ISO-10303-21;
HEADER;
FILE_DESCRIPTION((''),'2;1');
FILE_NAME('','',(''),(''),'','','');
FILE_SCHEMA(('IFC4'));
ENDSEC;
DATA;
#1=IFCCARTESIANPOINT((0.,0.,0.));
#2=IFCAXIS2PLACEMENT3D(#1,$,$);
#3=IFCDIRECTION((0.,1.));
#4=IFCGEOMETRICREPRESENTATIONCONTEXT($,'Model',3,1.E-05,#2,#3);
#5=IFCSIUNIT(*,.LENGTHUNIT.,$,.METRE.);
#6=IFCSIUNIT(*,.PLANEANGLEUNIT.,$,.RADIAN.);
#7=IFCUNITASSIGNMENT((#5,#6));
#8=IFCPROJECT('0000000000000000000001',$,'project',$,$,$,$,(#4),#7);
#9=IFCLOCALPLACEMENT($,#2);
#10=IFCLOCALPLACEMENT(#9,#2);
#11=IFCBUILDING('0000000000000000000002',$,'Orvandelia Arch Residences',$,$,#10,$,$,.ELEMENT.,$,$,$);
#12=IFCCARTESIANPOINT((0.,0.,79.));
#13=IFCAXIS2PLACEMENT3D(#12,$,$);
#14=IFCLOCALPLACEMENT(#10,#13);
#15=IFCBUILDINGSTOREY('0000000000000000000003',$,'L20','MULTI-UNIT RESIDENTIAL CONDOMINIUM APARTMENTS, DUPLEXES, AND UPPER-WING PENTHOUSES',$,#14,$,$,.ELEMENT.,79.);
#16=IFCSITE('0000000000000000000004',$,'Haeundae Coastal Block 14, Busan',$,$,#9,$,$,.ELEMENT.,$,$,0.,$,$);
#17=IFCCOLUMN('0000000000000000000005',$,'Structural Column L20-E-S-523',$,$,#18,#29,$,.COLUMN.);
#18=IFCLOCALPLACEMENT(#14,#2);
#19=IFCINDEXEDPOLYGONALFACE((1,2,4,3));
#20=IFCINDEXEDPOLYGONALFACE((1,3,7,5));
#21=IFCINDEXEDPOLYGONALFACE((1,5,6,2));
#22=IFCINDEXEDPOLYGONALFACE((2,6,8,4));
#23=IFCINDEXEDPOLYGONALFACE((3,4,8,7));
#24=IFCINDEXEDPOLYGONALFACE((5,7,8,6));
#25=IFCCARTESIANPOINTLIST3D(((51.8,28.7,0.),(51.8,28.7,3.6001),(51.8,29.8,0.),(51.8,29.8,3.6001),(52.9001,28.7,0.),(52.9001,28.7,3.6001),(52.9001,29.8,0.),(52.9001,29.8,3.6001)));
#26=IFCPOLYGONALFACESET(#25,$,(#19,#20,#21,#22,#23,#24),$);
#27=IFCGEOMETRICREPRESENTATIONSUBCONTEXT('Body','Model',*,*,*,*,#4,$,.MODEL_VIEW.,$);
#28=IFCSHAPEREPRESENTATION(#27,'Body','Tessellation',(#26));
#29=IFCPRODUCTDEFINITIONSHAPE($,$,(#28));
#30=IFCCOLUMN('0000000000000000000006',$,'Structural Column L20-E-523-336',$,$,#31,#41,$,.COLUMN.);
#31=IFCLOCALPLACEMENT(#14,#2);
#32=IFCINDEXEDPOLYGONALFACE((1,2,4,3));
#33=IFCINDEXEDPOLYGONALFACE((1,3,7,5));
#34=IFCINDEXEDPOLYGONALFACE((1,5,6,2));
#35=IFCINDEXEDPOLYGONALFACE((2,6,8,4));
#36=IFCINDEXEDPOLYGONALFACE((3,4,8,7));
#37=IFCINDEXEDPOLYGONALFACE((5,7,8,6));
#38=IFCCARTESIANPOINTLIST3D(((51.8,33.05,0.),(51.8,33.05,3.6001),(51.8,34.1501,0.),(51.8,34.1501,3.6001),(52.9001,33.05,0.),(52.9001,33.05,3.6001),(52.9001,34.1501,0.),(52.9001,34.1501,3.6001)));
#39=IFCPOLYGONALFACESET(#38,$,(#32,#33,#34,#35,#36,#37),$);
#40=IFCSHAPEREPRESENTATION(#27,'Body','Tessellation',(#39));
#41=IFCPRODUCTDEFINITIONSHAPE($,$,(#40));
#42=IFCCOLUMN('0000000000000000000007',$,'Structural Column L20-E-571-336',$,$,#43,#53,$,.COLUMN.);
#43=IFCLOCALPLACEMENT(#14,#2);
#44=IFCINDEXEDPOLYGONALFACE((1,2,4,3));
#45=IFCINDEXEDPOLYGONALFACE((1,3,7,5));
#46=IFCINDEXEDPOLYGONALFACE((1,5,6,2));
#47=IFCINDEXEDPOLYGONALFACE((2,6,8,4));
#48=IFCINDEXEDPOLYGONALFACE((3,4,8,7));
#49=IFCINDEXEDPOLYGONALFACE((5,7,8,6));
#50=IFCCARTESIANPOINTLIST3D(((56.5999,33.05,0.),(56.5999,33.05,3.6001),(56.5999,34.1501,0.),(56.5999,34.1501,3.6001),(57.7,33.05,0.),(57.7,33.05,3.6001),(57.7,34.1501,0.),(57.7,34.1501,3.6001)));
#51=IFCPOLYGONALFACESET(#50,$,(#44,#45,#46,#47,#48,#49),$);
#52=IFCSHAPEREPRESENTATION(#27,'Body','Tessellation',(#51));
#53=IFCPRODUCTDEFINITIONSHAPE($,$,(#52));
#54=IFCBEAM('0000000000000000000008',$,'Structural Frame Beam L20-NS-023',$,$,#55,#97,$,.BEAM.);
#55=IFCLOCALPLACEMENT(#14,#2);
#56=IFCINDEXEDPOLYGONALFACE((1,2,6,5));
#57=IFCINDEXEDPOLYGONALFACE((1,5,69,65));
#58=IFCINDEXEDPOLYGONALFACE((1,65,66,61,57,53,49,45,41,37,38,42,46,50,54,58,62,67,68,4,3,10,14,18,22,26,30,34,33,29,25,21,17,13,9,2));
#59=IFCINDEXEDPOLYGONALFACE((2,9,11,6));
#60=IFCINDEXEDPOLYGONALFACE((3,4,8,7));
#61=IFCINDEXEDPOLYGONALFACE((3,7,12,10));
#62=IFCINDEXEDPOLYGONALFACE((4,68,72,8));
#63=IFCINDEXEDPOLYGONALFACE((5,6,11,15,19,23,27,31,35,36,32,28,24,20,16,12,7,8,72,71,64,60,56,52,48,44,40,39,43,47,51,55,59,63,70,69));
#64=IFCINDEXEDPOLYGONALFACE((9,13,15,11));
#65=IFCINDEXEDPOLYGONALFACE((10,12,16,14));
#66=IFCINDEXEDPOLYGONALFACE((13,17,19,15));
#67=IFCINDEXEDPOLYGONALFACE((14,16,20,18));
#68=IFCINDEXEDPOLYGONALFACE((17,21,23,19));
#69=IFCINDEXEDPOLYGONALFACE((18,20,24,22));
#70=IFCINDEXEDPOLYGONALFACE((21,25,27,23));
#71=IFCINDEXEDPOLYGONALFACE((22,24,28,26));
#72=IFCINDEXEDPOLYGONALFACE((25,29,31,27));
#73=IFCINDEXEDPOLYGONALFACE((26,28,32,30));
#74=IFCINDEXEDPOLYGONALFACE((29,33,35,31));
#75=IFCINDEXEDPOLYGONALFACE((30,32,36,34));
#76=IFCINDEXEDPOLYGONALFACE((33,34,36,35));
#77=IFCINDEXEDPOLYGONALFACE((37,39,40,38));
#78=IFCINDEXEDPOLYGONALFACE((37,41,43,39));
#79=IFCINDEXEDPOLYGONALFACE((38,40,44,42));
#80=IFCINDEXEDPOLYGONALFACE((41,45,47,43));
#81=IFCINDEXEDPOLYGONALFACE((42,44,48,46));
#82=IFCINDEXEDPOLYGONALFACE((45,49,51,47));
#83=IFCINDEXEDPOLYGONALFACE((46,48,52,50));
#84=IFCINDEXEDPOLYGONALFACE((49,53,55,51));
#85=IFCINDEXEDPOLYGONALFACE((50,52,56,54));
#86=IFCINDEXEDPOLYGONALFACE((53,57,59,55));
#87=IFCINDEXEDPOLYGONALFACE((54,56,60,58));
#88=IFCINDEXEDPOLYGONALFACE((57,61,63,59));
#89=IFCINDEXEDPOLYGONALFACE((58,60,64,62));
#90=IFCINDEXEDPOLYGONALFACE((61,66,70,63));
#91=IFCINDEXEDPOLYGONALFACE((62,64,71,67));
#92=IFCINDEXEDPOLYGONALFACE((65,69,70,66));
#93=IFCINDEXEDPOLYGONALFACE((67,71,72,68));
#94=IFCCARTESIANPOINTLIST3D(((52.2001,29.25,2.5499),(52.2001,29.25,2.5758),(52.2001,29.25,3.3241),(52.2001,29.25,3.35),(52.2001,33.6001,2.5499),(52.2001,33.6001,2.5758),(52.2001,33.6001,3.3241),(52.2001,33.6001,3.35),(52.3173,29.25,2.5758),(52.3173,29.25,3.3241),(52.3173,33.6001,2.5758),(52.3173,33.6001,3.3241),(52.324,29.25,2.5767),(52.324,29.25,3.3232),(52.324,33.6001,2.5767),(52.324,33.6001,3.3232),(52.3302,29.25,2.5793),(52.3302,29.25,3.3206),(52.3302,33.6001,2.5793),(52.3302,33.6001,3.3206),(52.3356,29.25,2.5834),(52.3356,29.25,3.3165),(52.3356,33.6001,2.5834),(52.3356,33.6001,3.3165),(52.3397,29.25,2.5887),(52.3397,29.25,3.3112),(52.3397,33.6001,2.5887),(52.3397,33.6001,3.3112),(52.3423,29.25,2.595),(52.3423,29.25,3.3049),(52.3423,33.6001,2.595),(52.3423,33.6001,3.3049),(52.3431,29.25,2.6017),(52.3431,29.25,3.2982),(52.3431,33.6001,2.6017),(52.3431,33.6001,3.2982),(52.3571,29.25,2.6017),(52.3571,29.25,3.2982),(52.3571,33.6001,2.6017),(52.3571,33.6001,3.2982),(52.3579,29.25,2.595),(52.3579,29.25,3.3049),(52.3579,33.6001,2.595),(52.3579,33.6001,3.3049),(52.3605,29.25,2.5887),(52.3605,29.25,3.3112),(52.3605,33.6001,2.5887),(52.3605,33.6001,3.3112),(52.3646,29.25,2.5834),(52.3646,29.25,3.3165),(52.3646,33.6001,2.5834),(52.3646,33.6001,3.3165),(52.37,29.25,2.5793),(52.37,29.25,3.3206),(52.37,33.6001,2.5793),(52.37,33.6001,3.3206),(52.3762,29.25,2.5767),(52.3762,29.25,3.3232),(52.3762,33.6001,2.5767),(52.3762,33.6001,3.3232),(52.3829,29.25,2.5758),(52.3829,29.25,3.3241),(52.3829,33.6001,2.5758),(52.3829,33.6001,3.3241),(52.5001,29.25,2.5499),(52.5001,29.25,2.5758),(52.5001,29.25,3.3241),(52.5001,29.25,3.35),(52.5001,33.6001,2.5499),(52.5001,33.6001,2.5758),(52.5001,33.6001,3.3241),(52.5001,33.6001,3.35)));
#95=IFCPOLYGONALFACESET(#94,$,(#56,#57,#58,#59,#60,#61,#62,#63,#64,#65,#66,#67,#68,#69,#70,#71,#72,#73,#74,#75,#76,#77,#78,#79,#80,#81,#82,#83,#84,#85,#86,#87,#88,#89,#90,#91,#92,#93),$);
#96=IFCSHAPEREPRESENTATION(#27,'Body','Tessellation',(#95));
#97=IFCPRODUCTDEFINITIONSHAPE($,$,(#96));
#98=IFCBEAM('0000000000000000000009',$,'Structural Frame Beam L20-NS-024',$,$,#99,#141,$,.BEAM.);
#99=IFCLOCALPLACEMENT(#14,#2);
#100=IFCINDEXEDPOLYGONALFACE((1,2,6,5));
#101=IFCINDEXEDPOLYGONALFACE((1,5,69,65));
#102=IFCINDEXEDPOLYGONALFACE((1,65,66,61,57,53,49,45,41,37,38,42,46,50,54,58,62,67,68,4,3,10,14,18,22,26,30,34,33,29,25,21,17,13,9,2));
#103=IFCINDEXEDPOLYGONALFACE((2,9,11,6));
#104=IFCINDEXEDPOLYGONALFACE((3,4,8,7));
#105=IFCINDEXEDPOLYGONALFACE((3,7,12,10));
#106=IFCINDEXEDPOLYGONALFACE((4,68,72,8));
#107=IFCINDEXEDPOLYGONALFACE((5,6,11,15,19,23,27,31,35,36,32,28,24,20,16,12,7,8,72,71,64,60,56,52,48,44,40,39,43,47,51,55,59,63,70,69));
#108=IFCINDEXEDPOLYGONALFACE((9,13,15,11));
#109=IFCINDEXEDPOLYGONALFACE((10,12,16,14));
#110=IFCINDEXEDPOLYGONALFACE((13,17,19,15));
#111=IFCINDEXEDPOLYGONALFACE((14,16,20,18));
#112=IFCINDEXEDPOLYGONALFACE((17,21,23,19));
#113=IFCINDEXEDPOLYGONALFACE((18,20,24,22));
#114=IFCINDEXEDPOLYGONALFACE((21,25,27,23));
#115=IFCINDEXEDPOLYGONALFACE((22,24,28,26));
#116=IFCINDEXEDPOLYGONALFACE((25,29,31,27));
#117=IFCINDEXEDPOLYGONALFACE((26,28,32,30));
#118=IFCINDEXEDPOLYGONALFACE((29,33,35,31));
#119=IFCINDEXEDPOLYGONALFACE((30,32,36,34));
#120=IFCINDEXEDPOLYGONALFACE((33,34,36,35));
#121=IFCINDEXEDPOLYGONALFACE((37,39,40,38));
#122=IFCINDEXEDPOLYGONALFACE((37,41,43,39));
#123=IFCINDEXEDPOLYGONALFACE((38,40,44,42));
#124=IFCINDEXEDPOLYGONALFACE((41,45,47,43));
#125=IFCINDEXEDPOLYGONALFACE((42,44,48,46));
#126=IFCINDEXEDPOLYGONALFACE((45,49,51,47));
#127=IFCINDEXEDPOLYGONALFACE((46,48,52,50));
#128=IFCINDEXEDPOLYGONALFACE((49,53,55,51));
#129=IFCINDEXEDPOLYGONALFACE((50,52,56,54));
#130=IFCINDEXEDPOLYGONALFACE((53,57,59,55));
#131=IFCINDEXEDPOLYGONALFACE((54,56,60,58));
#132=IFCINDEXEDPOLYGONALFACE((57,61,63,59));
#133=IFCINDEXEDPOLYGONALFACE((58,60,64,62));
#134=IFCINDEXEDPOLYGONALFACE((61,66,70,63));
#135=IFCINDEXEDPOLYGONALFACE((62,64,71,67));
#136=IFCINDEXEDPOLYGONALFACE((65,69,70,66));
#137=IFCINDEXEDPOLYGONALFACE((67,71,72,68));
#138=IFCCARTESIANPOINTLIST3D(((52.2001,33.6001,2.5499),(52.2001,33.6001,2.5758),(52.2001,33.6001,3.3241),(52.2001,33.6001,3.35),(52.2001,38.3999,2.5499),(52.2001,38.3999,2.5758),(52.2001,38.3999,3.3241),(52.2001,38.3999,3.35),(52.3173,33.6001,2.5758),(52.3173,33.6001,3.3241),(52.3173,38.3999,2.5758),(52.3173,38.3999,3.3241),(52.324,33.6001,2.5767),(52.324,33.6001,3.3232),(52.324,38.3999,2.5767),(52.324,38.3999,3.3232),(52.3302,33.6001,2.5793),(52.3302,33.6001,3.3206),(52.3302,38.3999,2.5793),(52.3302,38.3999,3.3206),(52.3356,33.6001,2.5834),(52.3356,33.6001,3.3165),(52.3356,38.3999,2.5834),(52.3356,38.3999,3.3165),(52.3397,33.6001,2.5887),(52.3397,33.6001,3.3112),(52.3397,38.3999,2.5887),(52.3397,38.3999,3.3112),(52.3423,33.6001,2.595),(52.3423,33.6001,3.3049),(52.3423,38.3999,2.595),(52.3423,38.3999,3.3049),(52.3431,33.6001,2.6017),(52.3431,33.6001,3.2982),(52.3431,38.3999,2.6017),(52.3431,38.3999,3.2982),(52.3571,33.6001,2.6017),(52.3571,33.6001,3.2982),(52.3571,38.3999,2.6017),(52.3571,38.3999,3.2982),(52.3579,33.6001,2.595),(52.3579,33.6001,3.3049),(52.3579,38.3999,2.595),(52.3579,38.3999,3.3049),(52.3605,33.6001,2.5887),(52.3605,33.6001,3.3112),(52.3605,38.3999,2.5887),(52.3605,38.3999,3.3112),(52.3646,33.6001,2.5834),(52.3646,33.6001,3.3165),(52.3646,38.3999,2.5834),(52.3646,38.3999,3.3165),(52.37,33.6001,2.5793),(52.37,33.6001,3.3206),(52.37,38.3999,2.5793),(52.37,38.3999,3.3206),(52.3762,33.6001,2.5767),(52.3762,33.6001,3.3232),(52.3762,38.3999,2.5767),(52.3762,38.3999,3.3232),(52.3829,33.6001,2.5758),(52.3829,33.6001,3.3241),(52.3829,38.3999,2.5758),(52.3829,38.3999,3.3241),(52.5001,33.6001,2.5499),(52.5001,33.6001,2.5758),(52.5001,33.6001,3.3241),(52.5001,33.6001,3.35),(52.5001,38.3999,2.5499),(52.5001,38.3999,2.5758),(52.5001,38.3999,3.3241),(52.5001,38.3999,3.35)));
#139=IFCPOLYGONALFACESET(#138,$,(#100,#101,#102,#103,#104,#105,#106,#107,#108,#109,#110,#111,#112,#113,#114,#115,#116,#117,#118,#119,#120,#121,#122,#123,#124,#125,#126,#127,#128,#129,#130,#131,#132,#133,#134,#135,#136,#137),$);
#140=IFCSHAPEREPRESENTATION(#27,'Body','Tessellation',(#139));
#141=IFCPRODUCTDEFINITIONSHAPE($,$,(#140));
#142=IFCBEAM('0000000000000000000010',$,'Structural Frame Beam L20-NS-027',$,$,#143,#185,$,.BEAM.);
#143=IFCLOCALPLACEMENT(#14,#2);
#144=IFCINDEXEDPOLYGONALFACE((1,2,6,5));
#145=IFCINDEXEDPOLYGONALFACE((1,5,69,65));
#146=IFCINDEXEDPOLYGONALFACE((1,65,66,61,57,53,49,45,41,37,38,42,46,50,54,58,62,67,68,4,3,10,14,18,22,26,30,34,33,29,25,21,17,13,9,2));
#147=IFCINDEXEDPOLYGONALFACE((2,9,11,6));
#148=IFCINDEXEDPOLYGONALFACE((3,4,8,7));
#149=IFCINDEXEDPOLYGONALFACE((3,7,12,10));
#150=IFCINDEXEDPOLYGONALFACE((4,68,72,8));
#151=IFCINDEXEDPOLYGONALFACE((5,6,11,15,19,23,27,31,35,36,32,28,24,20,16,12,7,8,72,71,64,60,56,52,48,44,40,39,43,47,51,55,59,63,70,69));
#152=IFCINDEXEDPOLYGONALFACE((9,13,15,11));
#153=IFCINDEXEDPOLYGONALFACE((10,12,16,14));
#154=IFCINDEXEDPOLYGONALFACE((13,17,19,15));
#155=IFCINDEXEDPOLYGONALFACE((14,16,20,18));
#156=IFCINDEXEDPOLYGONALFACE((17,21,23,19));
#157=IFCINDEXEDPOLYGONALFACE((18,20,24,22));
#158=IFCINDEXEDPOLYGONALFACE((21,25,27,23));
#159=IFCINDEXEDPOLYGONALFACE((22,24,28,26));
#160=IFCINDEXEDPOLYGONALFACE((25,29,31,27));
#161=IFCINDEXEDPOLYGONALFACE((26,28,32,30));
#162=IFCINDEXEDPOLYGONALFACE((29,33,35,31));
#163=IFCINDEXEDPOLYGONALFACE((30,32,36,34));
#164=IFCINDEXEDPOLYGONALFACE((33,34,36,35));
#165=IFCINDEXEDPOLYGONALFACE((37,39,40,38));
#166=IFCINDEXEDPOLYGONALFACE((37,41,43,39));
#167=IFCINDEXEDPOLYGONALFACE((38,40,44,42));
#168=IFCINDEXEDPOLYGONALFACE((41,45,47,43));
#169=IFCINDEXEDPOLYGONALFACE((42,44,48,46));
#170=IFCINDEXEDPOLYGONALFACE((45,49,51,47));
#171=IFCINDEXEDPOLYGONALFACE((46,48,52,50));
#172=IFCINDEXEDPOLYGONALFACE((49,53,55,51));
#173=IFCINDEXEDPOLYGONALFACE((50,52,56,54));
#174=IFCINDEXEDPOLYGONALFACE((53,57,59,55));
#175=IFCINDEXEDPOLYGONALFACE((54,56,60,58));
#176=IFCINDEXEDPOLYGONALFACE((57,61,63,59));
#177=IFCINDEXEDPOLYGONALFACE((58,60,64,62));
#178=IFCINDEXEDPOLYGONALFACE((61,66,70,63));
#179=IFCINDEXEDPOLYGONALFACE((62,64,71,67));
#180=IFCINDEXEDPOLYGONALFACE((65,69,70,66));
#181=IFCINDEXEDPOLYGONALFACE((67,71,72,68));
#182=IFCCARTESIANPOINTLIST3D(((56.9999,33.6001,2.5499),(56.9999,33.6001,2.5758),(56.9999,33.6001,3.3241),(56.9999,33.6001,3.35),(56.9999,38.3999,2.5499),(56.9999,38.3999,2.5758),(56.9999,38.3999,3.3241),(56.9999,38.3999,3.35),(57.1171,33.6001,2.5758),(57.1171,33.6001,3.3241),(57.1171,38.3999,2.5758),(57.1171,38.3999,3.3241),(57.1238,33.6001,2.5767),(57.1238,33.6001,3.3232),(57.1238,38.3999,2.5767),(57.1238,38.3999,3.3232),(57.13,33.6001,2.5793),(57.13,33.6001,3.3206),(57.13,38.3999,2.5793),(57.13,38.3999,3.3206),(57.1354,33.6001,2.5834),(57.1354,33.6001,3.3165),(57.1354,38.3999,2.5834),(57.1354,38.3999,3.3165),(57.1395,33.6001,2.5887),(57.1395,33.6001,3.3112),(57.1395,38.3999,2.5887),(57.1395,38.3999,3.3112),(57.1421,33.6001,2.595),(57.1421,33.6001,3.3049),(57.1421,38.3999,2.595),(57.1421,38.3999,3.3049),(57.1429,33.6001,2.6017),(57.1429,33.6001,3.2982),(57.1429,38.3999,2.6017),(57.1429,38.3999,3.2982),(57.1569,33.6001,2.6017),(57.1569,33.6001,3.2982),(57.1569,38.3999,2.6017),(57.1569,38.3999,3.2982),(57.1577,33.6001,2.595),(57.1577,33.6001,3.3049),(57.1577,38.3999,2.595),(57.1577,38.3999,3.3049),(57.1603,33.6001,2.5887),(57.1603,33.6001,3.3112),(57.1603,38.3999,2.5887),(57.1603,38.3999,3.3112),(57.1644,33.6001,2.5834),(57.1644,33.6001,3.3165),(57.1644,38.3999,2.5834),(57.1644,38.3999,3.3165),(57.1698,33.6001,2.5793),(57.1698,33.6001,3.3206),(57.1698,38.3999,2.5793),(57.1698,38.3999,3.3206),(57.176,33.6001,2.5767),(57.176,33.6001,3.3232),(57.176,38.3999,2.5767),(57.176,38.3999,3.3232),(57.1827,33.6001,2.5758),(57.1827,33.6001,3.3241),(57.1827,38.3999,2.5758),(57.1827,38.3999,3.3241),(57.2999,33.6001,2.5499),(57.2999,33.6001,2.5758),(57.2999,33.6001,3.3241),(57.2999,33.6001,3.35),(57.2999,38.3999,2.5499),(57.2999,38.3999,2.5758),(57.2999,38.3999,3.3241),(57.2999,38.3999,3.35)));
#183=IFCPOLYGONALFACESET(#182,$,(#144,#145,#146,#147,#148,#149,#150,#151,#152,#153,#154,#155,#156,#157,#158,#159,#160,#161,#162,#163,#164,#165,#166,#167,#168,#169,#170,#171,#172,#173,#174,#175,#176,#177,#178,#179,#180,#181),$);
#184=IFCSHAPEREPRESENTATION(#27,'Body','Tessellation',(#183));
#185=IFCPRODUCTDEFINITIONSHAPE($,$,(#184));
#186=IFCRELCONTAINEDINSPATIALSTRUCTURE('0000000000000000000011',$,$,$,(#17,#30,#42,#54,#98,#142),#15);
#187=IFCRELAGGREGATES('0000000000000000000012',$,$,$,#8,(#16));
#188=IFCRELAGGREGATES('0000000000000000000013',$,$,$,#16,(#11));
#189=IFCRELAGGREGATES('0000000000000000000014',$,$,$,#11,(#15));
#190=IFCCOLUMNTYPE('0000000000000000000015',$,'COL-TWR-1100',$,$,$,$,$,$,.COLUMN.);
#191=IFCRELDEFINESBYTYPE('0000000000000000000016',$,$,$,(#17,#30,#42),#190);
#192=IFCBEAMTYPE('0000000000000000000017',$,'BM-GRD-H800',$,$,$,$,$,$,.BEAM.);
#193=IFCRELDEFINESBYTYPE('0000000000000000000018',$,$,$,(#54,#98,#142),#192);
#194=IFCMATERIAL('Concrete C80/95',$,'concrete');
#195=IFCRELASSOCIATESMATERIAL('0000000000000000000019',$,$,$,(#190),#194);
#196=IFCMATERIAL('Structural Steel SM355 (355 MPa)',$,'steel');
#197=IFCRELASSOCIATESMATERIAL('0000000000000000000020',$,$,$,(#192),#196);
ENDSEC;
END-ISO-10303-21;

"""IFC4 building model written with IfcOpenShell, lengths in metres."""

from ifc_helpers import new_model, si_unit, direction, frame, origin, origin_2d, place, context, subcontext, project, spatial, rectangle, i_section, extrude, material, material_profile, profile_set, type_object, element, save


model = new_model("IFC4")

# Units and contexts
model_context = context("Model", 3, precision=1e-05, world=origin(), true_north=direction((0.0, 1.0)))
body_context = subcontext(model_context, "Body", "Model", "MODEL_VIEW")
ifc_project = project(units=[si_unit("LENGTHUNIT", "METRE"), si_unit("PLANEANGLEUNIT", "RADIAN")], contexts=[model_context])

# Site, building, storey
site_placement = place(None, origin())
site = spatial("IfcSite", under=ifc_project, at=site_placement, Name="Haeundae Coastal Block 14, Busan", CompositionType="ELEMENT", RefElevation=0.0)
building_placement = place(site_placement, origin())
building = spatial("IfcBuilding", under=site, at=building_placement, Name="Orvandelia Arch Residences", CompositionType="ELEMENT")
storey_placement = place(building_placement, frame((0.0, 0.0, 79.0)))
storey = spatial("IfcBuildingStorey", under=building, at=storey_placement, Name="L20", Description="MULTI-UNIT RESIDENTIAL CONDOMINIUM APARTMENTS, DUPLEXES, AND UPPER-WING PENTHOUSES", CompositionType="ELEMENT", Elevation=79.0)

# Columns
ifc_material_1 = material(Name="Concrete C80/95", Category="concrete")
ifc_material_profile_1 = material_profile(ifc_material_1, rectangle(XDim=1.1001, YDim=1.1001, at=origin_2d()), Name="Concrete C80/95", Category="concrete")
ifc_profile_set_1 = profile_set([ifc_material_profile_1], Name="Concrete C80/95")
column_type = type_object("IfcColumnType", Name="COL-TWR-1100", PredefinedType="COLUMN", material=ifc_profile_set_1)
for number, where, z_axis, x_axis, name in (
    (1, (52.3501, 29.25, 0.0), (0.0, 0.0, 1.0), (1.0, 0.0, 0.0), "Structural Column L20-E-S-523"),
    (2, (52.3501, 33.6001, 0.0), (0.0, 0.0, 1.0), (1.0, 0.0, 0.0), "Structural Column L20-E-523-336"),
    (3, (57.1499, 33.6001, 0.0), (0.0, 0.0, 1.0), (1.0, 0.0, 0.0), "Structural Column L20-E-571-336"),
):
    element("IfcColumn", number, at=place(storey_placement, frame(where, z_axis=z_axis, x_axis=x_axis)), inside=storey, type_object=column_type, Name=name, PredefinedType="COLUMN", context=body_context, shape_type="SweptSolid", body=[
        extrude(rectangle(XDim=1.1001, YDim=1.1001, at=origin_2d()), origin(), (0.0, 0.0, 1.0), 3.6001),
    ])

# Beams
ifc_material_2 = material(Name="Structural Steel SM355 (355 MPa)", Category="steel")
ifc_material_profile_2 = material_profile(ifc_material_2, i_section(OverallWidth=0.3, OverallDepth=0.8, WebThickness=0.0139, FlangeThickness=0.0259, FilletRadius=0.0259, at=origin_2d()), Name="Structural Steel SM355 (355 MPa)", Category="steel")
ifc_profile_set_2 = profile_set([ifc_material_profile_2], Name="Structural Steel SM355 (355 MPa)")
beam_type = type_object("IfcBeamType", Name="BM-GRD-H800", PredefinedType="BEAM", material=ifc_profile_set_2)
beam_placement = place(storey_placement, frame((52.3501, 29.25, 2.95), z_axis=(0.0, 1.0, 0.0), x_axis=(-1.0, 0.0, 0.0)))
element("IfcBeam", 4, at=beam_placement, inside=storey, type_object=beam_type, Name="Structural Frame Beam L20-NS-023", PredefinedType="BEAM", context=body_context, shape_type="SweptSolid", body=[
    extrude(i_section(OverallWidth=0.3, OverallDepth=0.8, WebThickness=0.0139, FlangeThickness=0.0259, FilletRadius=0.0259, at=origin_2d()), origin(), (0.0, 0.0, 1.0), 4.3501),
])
for number, where, z_axis, x_axis, name in (
    (5, (52.3501, 33.6001, 2.95), (0.0, 1.0, 0.0), (-1.0, 0.0, 0.0), "Structural Frame Beam L20-NS-024"),
    (6, (57.1499, 33.6001, 2.95), (0.0, 1.0, 0.0), (-1.0, 0.0, 0.0), "Structural Frame Beam L20-NS-027"),
):
    element("IfcBeam", number, at=place(storey_placement, frame(where, z_axis=z_axis, x_axis=x_axis)), inside=storey, type_object=beam_type, Name=name, PredefinedType="BEAM", context=body_context, shape_type="SweptSolid", body=[
        extrude(i_section(OverallWidth=0.3, OverallDepth=0.8, WebThickness=0.0139, FlangeThickness=0.0259, FilletRadius=0.0259, at=origin_2d()), origin(), (0.0, 0.0, 1.0), 4.7998),
    ])

save(model, "model.ifc")
